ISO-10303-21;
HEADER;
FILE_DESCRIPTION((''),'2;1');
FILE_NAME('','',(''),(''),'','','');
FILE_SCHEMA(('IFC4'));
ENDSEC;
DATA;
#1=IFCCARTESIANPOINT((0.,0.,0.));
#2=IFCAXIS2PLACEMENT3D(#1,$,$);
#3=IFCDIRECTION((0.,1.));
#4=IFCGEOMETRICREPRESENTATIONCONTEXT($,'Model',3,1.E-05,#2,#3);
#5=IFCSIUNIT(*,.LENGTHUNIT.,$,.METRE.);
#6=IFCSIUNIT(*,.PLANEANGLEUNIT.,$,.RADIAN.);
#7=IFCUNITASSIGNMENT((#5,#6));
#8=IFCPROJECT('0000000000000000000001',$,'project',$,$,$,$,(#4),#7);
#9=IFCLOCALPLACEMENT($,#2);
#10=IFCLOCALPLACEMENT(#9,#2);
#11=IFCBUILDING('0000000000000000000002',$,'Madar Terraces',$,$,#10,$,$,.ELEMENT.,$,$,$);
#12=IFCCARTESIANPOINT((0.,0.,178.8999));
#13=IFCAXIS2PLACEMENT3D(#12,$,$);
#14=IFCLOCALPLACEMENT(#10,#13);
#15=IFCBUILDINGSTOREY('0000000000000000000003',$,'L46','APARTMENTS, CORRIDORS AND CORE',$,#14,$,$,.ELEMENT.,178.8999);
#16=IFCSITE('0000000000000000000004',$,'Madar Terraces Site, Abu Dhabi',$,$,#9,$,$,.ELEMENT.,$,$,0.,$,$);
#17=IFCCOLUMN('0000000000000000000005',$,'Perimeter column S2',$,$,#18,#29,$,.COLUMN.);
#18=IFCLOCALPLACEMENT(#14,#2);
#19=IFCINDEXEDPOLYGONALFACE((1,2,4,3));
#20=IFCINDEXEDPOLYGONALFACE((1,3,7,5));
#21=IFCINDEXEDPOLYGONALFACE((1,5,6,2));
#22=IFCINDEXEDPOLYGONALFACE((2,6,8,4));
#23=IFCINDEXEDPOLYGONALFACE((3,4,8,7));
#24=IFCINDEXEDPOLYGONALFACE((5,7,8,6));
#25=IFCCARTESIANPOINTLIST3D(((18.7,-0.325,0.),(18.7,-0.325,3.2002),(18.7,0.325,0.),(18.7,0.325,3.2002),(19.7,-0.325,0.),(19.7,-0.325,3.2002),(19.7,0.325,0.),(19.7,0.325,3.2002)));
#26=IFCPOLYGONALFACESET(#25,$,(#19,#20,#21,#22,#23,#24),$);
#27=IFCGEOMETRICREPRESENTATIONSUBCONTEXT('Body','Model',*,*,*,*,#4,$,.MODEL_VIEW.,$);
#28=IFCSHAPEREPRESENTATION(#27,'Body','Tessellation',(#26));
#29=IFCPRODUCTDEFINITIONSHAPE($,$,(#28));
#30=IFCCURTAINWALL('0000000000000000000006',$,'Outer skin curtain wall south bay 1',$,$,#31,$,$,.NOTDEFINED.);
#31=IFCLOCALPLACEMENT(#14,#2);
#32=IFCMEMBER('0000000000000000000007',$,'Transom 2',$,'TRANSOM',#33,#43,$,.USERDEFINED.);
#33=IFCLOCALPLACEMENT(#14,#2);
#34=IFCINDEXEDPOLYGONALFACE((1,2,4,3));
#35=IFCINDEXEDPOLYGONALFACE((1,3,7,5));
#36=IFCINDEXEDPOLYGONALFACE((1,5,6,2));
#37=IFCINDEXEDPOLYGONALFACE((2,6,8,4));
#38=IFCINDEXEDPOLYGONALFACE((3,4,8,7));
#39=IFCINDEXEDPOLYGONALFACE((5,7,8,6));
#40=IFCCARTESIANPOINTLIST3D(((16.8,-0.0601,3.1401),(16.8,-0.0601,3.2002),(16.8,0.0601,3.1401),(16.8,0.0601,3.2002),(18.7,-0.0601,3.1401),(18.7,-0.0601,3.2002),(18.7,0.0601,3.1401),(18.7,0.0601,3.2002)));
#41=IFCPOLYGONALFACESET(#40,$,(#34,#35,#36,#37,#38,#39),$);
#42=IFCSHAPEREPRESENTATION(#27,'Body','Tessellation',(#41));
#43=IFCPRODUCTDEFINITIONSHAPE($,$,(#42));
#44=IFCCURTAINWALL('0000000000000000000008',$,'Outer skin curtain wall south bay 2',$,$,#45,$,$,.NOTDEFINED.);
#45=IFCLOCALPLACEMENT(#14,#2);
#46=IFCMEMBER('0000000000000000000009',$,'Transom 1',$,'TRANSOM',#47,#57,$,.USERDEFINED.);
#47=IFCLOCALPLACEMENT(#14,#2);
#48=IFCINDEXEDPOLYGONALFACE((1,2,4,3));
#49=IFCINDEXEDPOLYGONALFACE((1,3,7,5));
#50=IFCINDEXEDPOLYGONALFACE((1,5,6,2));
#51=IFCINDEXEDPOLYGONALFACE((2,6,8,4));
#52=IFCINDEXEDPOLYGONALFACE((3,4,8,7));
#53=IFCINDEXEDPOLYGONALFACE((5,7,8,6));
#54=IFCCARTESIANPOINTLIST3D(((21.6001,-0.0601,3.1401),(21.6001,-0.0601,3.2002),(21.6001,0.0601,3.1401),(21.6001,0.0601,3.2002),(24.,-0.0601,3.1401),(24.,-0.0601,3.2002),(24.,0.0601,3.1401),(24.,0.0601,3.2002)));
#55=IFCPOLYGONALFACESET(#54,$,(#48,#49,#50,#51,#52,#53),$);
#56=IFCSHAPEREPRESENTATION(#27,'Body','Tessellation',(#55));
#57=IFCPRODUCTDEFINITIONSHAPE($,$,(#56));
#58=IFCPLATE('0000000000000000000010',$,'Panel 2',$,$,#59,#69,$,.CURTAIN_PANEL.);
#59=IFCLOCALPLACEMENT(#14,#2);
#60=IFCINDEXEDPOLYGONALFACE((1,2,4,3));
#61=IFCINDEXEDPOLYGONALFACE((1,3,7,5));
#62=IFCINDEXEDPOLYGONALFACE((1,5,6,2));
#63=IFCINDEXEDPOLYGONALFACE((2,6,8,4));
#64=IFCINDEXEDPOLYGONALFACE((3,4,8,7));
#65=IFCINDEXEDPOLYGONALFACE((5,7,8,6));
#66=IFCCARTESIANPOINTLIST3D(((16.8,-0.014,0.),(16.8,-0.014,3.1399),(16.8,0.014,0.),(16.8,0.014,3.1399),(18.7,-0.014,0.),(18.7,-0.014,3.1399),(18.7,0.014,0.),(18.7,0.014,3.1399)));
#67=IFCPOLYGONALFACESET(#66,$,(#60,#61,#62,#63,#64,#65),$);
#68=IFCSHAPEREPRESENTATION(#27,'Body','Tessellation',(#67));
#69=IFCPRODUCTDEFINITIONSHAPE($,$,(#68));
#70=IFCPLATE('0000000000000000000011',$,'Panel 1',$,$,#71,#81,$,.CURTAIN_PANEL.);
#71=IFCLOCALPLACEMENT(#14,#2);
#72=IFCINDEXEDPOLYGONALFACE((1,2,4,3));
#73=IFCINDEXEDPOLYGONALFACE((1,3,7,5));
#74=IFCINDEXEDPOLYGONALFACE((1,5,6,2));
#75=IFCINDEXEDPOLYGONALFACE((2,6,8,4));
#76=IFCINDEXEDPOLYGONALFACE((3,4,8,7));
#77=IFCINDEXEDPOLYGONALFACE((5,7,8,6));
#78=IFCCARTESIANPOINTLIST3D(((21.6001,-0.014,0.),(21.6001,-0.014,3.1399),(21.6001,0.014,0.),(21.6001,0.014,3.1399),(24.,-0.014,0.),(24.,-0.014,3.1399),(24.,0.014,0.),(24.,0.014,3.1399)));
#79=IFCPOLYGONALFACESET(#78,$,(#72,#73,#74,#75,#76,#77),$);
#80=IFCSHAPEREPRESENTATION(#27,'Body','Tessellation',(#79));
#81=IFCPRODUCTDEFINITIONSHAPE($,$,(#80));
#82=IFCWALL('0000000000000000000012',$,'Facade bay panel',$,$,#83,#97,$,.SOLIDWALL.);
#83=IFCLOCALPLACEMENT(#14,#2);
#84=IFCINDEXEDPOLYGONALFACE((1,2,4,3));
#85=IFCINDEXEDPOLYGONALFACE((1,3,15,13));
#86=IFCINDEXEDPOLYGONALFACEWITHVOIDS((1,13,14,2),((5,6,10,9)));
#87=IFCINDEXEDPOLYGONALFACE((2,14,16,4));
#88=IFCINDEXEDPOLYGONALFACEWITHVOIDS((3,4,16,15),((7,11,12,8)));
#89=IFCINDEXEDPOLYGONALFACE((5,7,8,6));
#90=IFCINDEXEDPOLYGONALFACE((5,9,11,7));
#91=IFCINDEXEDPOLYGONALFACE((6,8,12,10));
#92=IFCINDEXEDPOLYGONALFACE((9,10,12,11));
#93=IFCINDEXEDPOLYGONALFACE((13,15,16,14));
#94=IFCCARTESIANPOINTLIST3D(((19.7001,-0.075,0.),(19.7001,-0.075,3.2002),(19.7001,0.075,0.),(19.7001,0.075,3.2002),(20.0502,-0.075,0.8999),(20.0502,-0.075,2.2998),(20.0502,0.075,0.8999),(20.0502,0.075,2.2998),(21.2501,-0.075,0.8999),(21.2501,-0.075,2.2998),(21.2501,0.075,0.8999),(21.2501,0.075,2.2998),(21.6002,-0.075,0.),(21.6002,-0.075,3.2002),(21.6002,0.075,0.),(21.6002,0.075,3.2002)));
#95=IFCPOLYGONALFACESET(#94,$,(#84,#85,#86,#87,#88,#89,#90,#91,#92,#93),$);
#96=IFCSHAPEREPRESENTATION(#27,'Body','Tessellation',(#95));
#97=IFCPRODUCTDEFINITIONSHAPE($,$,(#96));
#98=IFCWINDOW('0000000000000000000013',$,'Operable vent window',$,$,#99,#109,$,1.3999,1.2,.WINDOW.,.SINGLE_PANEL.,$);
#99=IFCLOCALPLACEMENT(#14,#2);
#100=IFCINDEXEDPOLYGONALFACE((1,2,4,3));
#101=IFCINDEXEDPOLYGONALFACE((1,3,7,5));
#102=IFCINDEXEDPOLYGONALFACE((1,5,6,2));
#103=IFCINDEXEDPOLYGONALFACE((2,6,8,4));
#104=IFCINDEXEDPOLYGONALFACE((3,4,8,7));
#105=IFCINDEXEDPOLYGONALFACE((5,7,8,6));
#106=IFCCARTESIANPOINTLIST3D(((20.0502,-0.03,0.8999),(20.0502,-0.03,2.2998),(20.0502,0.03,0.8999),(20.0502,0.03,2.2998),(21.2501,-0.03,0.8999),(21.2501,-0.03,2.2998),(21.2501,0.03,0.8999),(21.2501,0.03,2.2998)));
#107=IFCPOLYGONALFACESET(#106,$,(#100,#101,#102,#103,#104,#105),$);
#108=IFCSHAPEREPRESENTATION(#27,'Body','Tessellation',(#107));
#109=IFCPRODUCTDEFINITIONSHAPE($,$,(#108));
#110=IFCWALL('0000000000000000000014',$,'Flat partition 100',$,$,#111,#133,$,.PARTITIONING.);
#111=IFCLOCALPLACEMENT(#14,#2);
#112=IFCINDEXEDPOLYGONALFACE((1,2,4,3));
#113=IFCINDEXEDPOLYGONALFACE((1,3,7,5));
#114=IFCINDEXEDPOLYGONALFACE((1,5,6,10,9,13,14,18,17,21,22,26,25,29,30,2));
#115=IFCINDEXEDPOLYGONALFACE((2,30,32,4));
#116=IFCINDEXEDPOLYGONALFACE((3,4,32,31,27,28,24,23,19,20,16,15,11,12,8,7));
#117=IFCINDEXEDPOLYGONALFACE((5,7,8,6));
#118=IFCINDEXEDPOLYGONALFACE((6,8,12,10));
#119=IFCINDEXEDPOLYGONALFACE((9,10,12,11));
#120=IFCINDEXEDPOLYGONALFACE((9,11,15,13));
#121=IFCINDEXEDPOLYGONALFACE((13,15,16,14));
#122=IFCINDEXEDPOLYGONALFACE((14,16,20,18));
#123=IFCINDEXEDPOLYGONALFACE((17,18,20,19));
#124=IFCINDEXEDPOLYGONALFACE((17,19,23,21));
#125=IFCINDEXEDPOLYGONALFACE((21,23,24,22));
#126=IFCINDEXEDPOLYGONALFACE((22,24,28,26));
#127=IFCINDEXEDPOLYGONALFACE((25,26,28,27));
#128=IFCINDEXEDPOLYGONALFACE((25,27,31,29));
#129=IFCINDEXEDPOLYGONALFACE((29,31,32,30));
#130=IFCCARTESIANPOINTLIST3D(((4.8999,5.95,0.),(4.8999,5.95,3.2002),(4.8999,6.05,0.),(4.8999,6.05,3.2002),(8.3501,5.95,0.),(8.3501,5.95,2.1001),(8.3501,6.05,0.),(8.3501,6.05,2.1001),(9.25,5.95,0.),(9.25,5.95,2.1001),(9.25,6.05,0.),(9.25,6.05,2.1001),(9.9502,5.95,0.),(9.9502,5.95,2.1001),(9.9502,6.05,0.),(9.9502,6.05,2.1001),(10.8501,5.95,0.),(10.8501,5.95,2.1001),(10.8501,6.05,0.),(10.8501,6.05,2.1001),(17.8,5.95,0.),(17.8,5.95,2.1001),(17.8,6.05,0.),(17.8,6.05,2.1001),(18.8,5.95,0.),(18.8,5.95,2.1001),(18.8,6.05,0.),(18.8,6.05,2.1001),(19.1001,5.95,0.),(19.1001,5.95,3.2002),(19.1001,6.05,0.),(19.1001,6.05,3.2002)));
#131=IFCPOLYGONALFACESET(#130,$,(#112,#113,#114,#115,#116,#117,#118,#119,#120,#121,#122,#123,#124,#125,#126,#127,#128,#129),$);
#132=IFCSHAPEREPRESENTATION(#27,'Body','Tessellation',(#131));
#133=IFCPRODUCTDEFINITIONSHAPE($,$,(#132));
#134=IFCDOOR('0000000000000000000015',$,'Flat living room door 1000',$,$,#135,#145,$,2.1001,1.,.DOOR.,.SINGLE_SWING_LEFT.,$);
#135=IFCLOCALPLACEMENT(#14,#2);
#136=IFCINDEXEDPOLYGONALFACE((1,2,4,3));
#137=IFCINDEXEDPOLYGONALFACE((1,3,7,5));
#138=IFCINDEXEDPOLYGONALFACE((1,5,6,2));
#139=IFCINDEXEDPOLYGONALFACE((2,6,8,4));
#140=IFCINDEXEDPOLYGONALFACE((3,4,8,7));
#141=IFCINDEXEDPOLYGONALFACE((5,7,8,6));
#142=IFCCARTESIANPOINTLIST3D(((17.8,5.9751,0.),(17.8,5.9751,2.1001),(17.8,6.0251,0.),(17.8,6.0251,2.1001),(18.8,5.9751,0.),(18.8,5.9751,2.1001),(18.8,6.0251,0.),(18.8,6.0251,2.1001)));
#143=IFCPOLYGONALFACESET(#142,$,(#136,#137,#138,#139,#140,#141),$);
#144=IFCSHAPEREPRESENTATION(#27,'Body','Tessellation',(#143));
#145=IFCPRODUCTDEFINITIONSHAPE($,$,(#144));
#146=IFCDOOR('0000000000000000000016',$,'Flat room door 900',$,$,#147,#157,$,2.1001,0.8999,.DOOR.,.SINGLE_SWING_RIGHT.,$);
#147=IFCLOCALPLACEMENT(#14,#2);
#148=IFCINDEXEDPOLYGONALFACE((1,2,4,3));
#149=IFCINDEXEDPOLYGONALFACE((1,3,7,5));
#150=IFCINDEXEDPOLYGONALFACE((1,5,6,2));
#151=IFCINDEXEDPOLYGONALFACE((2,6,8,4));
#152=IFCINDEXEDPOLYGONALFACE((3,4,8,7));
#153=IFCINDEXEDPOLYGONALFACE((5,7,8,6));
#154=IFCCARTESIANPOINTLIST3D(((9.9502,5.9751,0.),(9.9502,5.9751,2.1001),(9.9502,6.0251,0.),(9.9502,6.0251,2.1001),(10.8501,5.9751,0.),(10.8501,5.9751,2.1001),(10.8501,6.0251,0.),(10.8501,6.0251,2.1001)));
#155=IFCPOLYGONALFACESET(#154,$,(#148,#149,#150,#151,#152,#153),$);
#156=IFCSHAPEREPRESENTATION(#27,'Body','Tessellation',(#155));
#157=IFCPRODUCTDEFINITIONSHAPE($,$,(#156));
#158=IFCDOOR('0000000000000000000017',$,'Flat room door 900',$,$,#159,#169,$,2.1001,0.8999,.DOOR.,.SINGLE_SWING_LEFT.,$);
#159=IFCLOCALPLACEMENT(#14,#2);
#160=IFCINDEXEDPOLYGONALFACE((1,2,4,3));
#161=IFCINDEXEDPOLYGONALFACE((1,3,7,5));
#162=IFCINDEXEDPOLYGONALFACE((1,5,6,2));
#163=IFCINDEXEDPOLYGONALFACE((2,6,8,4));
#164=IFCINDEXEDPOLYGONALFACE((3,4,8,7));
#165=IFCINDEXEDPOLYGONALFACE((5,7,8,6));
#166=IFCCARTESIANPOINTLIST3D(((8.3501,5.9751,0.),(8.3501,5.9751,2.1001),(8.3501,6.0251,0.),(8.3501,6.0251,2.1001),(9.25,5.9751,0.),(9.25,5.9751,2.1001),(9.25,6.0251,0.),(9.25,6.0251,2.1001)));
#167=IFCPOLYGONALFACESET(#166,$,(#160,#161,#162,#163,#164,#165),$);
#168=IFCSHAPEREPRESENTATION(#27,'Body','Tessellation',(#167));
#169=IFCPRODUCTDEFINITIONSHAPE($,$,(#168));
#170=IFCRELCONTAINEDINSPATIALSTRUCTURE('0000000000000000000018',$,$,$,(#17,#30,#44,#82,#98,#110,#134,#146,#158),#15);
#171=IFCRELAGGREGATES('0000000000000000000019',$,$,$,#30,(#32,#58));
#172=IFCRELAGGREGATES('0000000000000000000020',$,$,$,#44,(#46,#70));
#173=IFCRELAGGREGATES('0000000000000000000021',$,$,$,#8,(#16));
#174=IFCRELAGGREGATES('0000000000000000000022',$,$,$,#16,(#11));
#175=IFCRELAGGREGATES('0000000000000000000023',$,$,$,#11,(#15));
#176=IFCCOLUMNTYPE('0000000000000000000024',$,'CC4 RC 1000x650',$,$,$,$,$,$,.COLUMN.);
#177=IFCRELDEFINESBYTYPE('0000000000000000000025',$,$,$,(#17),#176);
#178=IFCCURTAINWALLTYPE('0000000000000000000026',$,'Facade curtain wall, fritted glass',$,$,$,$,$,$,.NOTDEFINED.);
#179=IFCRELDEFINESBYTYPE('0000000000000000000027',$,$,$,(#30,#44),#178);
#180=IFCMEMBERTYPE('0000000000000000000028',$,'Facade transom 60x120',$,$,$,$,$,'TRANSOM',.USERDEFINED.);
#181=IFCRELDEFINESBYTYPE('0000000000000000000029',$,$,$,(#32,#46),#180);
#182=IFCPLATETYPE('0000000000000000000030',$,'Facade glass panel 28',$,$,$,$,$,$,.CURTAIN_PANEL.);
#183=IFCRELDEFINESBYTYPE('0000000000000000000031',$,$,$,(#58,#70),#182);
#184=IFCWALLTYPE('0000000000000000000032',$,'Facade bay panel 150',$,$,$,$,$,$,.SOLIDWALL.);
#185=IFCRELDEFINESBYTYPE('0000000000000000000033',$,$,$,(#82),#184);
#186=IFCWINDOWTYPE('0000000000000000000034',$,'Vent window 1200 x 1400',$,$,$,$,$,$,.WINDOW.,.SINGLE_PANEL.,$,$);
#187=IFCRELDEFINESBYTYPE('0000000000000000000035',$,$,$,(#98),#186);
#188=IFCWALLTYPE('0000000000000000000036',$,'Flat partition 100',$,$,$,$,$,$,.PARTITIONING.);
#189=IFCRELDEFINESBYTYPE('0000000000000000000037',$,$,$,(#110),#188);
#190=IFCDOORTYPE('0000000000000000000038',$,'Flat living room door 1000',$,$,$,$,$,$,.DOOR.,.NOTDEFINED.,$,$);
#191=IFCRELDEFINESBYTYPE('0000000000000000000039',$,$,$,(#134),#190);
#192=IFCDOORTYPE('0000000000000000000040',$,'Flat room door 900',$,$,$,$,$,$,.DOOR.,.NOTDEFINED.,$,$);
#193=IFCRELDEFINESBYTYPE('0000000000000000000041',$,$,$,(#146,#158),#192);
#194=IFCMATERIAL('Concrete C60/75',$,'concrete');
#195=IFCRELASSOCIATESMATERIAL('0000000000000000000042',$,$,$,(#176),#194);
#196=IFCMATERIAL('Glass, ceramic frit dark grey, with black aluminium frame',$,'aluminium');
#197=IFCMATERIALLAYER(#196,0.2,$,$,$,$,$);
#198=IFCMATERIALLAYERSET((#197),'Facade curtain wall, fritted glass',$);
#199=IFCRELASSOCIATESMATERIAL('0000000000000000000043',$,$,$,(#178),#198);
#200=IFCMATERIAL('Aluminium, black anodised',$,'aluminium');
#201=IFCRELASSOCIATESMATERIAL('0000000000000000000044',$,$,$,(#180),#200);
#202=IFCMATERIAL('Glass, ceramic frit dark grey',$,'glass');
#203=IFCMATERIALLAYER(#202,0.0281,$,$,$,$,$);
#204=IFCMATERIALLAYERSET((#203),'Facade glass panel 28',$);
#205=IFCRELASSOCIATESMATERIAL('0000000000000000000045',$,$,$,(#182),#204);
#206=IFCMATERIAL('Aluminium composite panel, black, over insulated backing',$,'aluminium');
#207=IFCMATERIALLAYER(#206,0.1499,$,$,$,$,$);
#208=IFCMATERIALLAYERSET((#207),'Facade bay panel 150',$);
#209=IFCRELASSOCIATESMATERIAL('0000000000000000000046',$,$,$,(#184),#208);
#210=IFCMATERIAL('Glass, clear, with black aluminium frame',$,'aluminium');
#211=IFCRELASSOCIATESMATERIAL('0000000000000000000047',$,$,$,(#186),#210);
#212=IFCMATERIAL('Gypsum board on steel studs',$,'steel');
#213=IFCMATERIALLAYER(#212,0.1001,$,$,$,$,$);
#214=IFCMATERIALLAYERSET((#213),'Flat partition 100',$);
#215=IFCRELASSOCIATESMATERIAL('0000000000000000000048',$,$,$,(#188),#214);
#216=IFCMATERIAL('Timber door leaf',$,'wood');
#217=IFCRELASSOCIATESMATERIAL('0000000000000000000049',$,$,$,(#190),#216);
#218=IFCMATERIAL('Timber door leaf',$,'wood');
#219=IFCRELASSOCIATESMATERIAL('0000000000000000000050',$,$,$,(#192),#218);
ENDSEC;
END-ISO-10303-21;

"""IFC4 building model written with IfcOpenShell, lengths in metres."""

from ifc_helpers import new_model, si_unit, direction, frame, frame_2d, origin, origin_2d, place, context, subcontext, project, spatial, rectangle, extrude, material, layer, layer_set, material_profile, profile_set, type_object, element, fill, aggregate, save


model = new_model("IFC4")

# Units and contexts
model_context = context("Model", 3, precision=1e-05, world=origin(), true_north=direction((0.0, 1.0)))
body_context = subcontext(model_context, "Body", "Model", "MODEL_VIEW")
ifc_project = project(units=[si_unit("LENGTHUNIT", "METRE"), si_unit("PLANEANGLEUNIT", "RADIAN")], contexts=[model_context])

# Site, building, storey
site_placement = place(None, origin())
site = spatial("IfcSite", under=ifc_project, at=site_placement, Name="Madar Terraces Site, Abu Dhabi", CompositionType="ELEMENT", RefElevation=0.0)
building_placement = place(site_placement, origin())
building = spatial("IfcBuilding", under=site, at=building_placement, Name="Madar Terraces", CompositionType="ELEMENT")
storey_placement = place(building_placement, frame((0.0, 0.0, 178.8999)))
storey = spatial("IfcBuildingStorey", under=building, at=storey_placement, Name="L46", Description="APARTMENTS, CORRIDORS AND CORE", CompositionType="ELEMENT", Elevation=178.8999)

# Column
ifc_material_1 = material(Name="Concrete C60/75", Category="concrete")
ifc_material_profile_1 = material_profile(ifc_material_1, rectangle(XDim=1.0, YDim=0.6499, at=origin_2d()), Name="CC4 RC 1000x650")
ifc_profile_set_1 = profile_set([ifc_material_profile_1], Name="Concrete C60/75")
column_type = type_object("IfcColumnType", Name="CC4 RC 1000x650", PredefinedType="COLUMN", material=ifc_profile_set_1)
column_placement = place(storey_placement, frame((19.2, 0.0, 0.0), z_axis=(0.0, 0.0, 1.0), x_axis=(1.0, 0.0, 0.0)))
element("IfcColumn", 1, at=column_placement, inside=storey, type_object=column_type, Name="Perimeter column S2", PredefinedType="COLUMN", context=body_context, shape_type="SweptSolid", body=[
    extrude(rectangle(XDim=1.0, YDim=0.6499, at=origin_2d()), origin(), (0.0, 0.0, 1.0), 3.2002),
])

# Curtain walls, members
ifc_material_2 = material(Name="Glass, ceramic frit dark grey, with black aluminium frame", Category="aluminium")
ifc_layer_1 = layer(ifc_material_2, 0.2)
ifc_layer_set_1 = layer_set([ifc_layer_1], Name="Facade curtain wall, fritted glass")
curtain_wall_type = type_object("IfcCurtainWallType", Name="Facade curtain wall, fritted glass", PredefinedType="NOTDEFINED", material=ifc_layer_set_1)
curtain_wall_1_placement = place(storey_placement, origin())
curtain_wall_1 = element("IfcCurtainWall", 2, at=curtain_wall_1_placement, inside=storey, type_object=curtain_wall_type, Name="Outer skin curtain wall south bay 1", PredefinedType="NOTDEFINED")
ifc_material_3 = material(Name="Aluminium, black anodised", Category="aluminium")
ifc_material_profile_2 = material_profile(ifc_material_3, rectangle(XDim=0.1201, YDim=0.0601, at=origin_2d()), Name="Facade transom 60x120")
ifc_profile_set_2 = profile_set([ifc_material_profile_2], Name="Aluminium, black anodised")
member_type = type_object("IfcMemberType", Name="Facade transom 60x120", ElementType="TRANSOM", PredefinedType="USERDEFINED", material=ifc_profile_set_2)
member_1_placement = place(storey_placement, frame((16.8, 0.0, 3.1702), z_axis=(1.0, 0.0, 0.0), x_axis=(0.0, 1.0, 0.0)))
member_1 = element("IfcMember", 3, at=member_1_placement, type_object=member_type, Name="Transom 2", ObjectType="TRANSOM", PredefinedType="USERDEFINED", context=body_context, shape_type="SweptSolid", body=[
    extrude(rectangle(XDim=0.1201, YDim=0.0601, at=origin_2d()), origin(), (0.0, 0.0, 1.0), 1.8999),
])
curtain_wall_2_placement = place(storey_placement, origin())
curtain_wall_2 = element("IfcCurtainWall", 4, at=curtain_wall_2_placement, inside=storey, type_object=curtain_wall_type, Name="Outer skin curtain wall south bay 2", PredefinedType="NOTDEFINED")
member_2_placement = place(storey_placement, frame((21.6001, 0.0, 3.1702), z_axis=(1.0, 0.0, 0.0), x_axis=(0.0, 1.0, 0.0)))
member_2 = element("IfcMember", 5, at=member_2_placement, type_object=member_type, Name="Transom 1", ObjectType="TRANSOM", PredefinedType="USERDEFINED", context=body_context, shape_type="SweptSolid", body=[
    extrude(rectangle(XDim=0.1201, YDim=0.0601, at=origin_2d()), origin(), (0.0, 0.0, 1.0), 2.3999),
])

# Plates
ifc_material_4 = material(Name="Glass, ceramic frit dark grey", Category="glass")
ifc_layer_2 = layer(ifc_material_4, 0.0281)
ifc_layer_set_2 = layer_set([ifc_layer_2], Name="Facade glass panel 28")
plate_type = type_object("IfcPlateType", Name="Facade glass panel 28", PredefinedType="CURTAIN_PANEL", material=ifc_layer_set_2)
plate_1_placement = place(storey_placement, frame((17.75, 0.0, 0.0), z_axis=(0.0, 0.0, 1.0), x_axis=(1.0, 0.0, 0.0)))
plate_1 = element("IfcPlate", 6, at=plate_1_placement, type_object=plate_type, Name="Panel 2", PredefinedType="CURTAIN_PANEL", context=body_context, shape_type="SweptSolid", body=[
    extrude(rectangle(XDim=1.8999, YDim=0.0281, at=origin_2d()), origin(), (0.0, 0.0, 1.0), 3.1399),
])
aggregate(curtain_wall_1, [member_1, plate_1])
plate_2_placement = place(storey_placement, frame((22.8, 0.0, 0.0), z_axis=(0.0, 0.0, 1.0), x_axis=(1.0, 0.0, 0.0)))
plate_2 = element("IfcPlate", 7, at=plate_2_placement, type_object=plate_type, Name="Panel 1", PredefinedType="CURTAIN_PANEL", context=body_context, shape_type="SweptSolid", body=[
    extrude(rectangle(XDim=2.3999, YDim=0.0281, at=origin_2d()), origin(), (0.0, 0.0, 1.0), 3.1399),
])
aggregate(curtain_wall_2, [member_2, plate_2])

# Wall, opening, window
ifc_material_5 = material(Name="Aluminium composite panel, black, over insulated backing", Category="aluminium")
ifc_layer_3 = layer(ifc_material_5, 0.1499)
ifc_layer_set_3 = layer_set([ifc_layer_3], Name="Facade bay panel 150")
wall_type_1 = type_object("IfcWallType", Name="Facade bay panel 150", PredefinedType="SOLIDWALL", material=ifc_layer_set_3)
wall_1_placement = place(storey_placement, frame((19.7, 0.0, 0.0), z_axis=(0.0, 0.0, 1.0), x_axis=(1.0, 0.0, 0.0)))
wall_1 = element("IfcWall", 8, at=wall_1_placement, inside=storey, type_object=wall_type_1, Name="Facade bay panel", PredefinedType="SOLIDWALL", context=body_context, shape_type="SweptSolid", body=[
    extrude(rectangle(XDim=1.9001, YDim=0.1499, at=frame_2d((0.9502, 0.0))), origin(), (0.0, 0.0, 1.0), 3.2002),
])
opening_1_placement = place(wall_1_placement, frame((0.3501, 0.0, 0.8999)))
opening_1 = element("IfcOpeningElement", 9, at=opening_1_placement, cuts=wall_1, PredefinedType="OPENING", context=body_context, shape_type="SweptSolid", body=[
    extrude(rectangle(XDim=1.2, YDim=1.3999, at=frame_2d((0.6001, 0.7))), frame((0.0, 0.085, 0.0), z_axis=(0.0, -1.0, 0.0), x_axis=(1.0, 0.0, 0.0)), (0.0, 0.0, 1.0), 0.1699),
])
ifc_material_6 = material(Name="Glass, clear, with black aluminium frame", Category="aluminium")
window_type = type_object("IfcWindowType", Name="Vent window 1200 x 1400", PartitioningType="SINGLE_PANEL", PredefinedType="WINDOW", material=ifc_material_6)
window_placement = place(opening_1_placement, origin())
window = element("IfcWindow", 10, at=window_placement, inside=storey, type_object=window_type, Name="Operable vent window", OverallHeight=1.3999, OverallWidth=1.2, PartitioningType="SINGLE_PANEL", PredefinedType="WINDOW", context=body_context, shape_type="SweptSolid", body=[
    extrude(rectangle(XDim=1.2, YDim=1.3999, at=frame_2d((0.6001, 0.7))), frame((0.0, 0.03, 0.0), z_axis=(0.0, -1.0, 0.0), x_axis=(1.0, 0.0, 0.0)), (0.0, 0.0, 1.0), 0.0601),
])
fill(opening_1, window)

# Wall, openings, doors
ifc_material_7 = material(Name="Gypsum board on steel studs", Category="steel")
ifc_layer_4 = layer(ifc_material_7, 0.1001)
ifc_layer_set_4 = layer_set([ifc_layer_4], Name="Flat partition 100")
wall_type_2 = type_object("IfcWallType", Name="Flat partition 100", PredefinedType="PARTITIONING", material=ifc_layer_set_4)
wall_2_placement = place(storey_placement, frame((19.1001, 6.0, 0.0), z_axis=(0.0, 0.0, 1.0), x_axis=(-1.0, 0.0, 0.0)))
wall_2 = element("IfcWall", 11, at=wall_2_placement, inside=storey, type_object=wall_type_2, Name="Flat partition 100", PredefinedType="PARTITIONING", context=body_context, shape_type="SweptSolid", body=[
    extrude(rectangle(XDim=14.2002, YDim=0.1001, at=frame_2d((7.1001, 0.0))), origin(), (0.0, 0.0, 1.0), 3.2002),
])
opening_2_placement = place(wall_2_placement, frame((0.3, 0.0, 0.0)))
opening_2 = element("IfcOpeningElement", 12, at=opening_2_placement, cuts=wall_2, PredefinedType="OPENING", context=body_context, shape_type="SweptSolid", body=[
    extrude(rectangle(XDim=1.0, YDim=2.1001, at=frame_2d((0.5, 1.05))), frame((0.0, 0.0601, 0.0), z_axis=(0.0, -1.0, 0.0), x_axis=(1.0, 0.0, 0.0)), (0.0, 0.0, 1.0), 0.1201),
])
opening_3_placement = place(wall_2_placement, frame((8.25, 0.0, 0.0)))
opening_3 = element("IfcOpeningElement", 13, at=opening_3_placement, cuts=wall_2, PredefinedType="OPENING", context=body_context, shape_type="SweptSolid", body=[
    extrude(rectangle(XDim=0.8999, YDim=2.1001, at=frame_2d((0.45, 1.05))), frame((0.0, 0.0601, 0.0), z_axis=(0.0, -1.0, 0.0), x_axis=(1.0, 0.0, 0.0)), (0.0, 0.0, 1.0), 0.1201),
])
opening_4_placement = place(wall_2_placement, frame((9.8501, 0.0, 0.0)))
opening_4 = element("IfcOpeningElement", 14, at=opening_4_placement, cuts=wall_2, PredefinedType="OPENING", context=body_context, shape_type="SweptSolid", body=[
    extrude(rectangle(XDim=0.8999, YDim=2.1001, at=frame_2d((0.45, 1.05))), frame((0.0, 0.0601, 0.0), z_axis=(0.0, -1.0, 0.0), x_axis=(1.0, 0.0, 0.0)), (0.0, 0.0, 1.0), 0.1201),
])
ifc_material_8 = material(Name="Timber door leaf", Category="wood")
door_type_1 = type_object("IfcDoorType", Name="Flat living room door 1000", OperationType="NOTDEFINED", PredefinedType="DOOR", material=ifc_material_8)
door_1_placement = place(opening_2_placement, origin())
door_1 = element("IfcDoor", 15, at=door_1_placement, inside=storey, type_object=door_type_1, Name="Flat living room door 1000", OperationType="SINGLE_SWING_LEFT", OverallHeight=2.1001, OverallWidth=1.0, PredefinedType="DOOR", context=body_context, shape_type="SweptSolid", body=[
    extrude(rectangle(XDim=1.0, YDim=2.1001, at=frame_2d((0.5, 1.05))), frame((0.0, 0.0249, 0.0), z_axis=(0.0, -1.0, 0.0), x_axis=(1.0, 0.0, 0.0)), (0.0, 0.0, 1.0), 0.05),
])
fill(opening_2, door_1)
ifc_material_9 = material(Name="Timber door leaf", Category="wood")
door_type_2 = type_object("IfcDoorType", Name="Flat room door 900", OperationType="NOTDEFINED", PredefinedType="DOOR", material=ifc_material_9)
door_2_placement = place(opening_3_placement, origin())
door_2 = element("IfcDoor", 16, at=door_2_placement, inside=storey, type_object=door_type_2, Name="Flat room door 900", OperationType="SINGLE_SWING_RIGHT", OverallHeight=2.1001, OverallWidth=0.8999, PredefinedType="DOOR", context=body_context, shape_type="SweptSolid", body=[
    extrude(rectangle(XDim=0.8999, YDim=2.1001, at=frame_2d((0.45, 1.05))), frame((0.0, 0.0249, 0.0), z_axis=(0.0, -1.0, 0.0), x_axis=(1.0, 0.0, 0.0)), (0.0, 0.0, 1.0), 0.05),
])
fill(opening_3, door_2)
door_3_placement = place(opening_4_placement, origin())
door_3 = element("IfcDoor", 17, at=door_3_placement, inside=storey, type_object=door_type_2, Name="Flat room door 900", OperationType="SINGLE_SWING_LEFT", OverallHeight=2.1001, OverallWidth=0.8999, PredefinedType="DOOR", context=body_context, shape_type="SweptSolid", body=[
    extrude(rectangle(XDim=0.8999, YDim=2.1001, at=frame_2d((0.45, 1.05))), frame((0.0, 0.0249, 0.0), z_axis=(0.0, -1.0, 0.0), x_axis=(1.0, 0.0, 0.0)), (0.0, 0.0, 1.0), 0.05),
])
fill(opening_4, door_3)

save(model, "model.ifc")
